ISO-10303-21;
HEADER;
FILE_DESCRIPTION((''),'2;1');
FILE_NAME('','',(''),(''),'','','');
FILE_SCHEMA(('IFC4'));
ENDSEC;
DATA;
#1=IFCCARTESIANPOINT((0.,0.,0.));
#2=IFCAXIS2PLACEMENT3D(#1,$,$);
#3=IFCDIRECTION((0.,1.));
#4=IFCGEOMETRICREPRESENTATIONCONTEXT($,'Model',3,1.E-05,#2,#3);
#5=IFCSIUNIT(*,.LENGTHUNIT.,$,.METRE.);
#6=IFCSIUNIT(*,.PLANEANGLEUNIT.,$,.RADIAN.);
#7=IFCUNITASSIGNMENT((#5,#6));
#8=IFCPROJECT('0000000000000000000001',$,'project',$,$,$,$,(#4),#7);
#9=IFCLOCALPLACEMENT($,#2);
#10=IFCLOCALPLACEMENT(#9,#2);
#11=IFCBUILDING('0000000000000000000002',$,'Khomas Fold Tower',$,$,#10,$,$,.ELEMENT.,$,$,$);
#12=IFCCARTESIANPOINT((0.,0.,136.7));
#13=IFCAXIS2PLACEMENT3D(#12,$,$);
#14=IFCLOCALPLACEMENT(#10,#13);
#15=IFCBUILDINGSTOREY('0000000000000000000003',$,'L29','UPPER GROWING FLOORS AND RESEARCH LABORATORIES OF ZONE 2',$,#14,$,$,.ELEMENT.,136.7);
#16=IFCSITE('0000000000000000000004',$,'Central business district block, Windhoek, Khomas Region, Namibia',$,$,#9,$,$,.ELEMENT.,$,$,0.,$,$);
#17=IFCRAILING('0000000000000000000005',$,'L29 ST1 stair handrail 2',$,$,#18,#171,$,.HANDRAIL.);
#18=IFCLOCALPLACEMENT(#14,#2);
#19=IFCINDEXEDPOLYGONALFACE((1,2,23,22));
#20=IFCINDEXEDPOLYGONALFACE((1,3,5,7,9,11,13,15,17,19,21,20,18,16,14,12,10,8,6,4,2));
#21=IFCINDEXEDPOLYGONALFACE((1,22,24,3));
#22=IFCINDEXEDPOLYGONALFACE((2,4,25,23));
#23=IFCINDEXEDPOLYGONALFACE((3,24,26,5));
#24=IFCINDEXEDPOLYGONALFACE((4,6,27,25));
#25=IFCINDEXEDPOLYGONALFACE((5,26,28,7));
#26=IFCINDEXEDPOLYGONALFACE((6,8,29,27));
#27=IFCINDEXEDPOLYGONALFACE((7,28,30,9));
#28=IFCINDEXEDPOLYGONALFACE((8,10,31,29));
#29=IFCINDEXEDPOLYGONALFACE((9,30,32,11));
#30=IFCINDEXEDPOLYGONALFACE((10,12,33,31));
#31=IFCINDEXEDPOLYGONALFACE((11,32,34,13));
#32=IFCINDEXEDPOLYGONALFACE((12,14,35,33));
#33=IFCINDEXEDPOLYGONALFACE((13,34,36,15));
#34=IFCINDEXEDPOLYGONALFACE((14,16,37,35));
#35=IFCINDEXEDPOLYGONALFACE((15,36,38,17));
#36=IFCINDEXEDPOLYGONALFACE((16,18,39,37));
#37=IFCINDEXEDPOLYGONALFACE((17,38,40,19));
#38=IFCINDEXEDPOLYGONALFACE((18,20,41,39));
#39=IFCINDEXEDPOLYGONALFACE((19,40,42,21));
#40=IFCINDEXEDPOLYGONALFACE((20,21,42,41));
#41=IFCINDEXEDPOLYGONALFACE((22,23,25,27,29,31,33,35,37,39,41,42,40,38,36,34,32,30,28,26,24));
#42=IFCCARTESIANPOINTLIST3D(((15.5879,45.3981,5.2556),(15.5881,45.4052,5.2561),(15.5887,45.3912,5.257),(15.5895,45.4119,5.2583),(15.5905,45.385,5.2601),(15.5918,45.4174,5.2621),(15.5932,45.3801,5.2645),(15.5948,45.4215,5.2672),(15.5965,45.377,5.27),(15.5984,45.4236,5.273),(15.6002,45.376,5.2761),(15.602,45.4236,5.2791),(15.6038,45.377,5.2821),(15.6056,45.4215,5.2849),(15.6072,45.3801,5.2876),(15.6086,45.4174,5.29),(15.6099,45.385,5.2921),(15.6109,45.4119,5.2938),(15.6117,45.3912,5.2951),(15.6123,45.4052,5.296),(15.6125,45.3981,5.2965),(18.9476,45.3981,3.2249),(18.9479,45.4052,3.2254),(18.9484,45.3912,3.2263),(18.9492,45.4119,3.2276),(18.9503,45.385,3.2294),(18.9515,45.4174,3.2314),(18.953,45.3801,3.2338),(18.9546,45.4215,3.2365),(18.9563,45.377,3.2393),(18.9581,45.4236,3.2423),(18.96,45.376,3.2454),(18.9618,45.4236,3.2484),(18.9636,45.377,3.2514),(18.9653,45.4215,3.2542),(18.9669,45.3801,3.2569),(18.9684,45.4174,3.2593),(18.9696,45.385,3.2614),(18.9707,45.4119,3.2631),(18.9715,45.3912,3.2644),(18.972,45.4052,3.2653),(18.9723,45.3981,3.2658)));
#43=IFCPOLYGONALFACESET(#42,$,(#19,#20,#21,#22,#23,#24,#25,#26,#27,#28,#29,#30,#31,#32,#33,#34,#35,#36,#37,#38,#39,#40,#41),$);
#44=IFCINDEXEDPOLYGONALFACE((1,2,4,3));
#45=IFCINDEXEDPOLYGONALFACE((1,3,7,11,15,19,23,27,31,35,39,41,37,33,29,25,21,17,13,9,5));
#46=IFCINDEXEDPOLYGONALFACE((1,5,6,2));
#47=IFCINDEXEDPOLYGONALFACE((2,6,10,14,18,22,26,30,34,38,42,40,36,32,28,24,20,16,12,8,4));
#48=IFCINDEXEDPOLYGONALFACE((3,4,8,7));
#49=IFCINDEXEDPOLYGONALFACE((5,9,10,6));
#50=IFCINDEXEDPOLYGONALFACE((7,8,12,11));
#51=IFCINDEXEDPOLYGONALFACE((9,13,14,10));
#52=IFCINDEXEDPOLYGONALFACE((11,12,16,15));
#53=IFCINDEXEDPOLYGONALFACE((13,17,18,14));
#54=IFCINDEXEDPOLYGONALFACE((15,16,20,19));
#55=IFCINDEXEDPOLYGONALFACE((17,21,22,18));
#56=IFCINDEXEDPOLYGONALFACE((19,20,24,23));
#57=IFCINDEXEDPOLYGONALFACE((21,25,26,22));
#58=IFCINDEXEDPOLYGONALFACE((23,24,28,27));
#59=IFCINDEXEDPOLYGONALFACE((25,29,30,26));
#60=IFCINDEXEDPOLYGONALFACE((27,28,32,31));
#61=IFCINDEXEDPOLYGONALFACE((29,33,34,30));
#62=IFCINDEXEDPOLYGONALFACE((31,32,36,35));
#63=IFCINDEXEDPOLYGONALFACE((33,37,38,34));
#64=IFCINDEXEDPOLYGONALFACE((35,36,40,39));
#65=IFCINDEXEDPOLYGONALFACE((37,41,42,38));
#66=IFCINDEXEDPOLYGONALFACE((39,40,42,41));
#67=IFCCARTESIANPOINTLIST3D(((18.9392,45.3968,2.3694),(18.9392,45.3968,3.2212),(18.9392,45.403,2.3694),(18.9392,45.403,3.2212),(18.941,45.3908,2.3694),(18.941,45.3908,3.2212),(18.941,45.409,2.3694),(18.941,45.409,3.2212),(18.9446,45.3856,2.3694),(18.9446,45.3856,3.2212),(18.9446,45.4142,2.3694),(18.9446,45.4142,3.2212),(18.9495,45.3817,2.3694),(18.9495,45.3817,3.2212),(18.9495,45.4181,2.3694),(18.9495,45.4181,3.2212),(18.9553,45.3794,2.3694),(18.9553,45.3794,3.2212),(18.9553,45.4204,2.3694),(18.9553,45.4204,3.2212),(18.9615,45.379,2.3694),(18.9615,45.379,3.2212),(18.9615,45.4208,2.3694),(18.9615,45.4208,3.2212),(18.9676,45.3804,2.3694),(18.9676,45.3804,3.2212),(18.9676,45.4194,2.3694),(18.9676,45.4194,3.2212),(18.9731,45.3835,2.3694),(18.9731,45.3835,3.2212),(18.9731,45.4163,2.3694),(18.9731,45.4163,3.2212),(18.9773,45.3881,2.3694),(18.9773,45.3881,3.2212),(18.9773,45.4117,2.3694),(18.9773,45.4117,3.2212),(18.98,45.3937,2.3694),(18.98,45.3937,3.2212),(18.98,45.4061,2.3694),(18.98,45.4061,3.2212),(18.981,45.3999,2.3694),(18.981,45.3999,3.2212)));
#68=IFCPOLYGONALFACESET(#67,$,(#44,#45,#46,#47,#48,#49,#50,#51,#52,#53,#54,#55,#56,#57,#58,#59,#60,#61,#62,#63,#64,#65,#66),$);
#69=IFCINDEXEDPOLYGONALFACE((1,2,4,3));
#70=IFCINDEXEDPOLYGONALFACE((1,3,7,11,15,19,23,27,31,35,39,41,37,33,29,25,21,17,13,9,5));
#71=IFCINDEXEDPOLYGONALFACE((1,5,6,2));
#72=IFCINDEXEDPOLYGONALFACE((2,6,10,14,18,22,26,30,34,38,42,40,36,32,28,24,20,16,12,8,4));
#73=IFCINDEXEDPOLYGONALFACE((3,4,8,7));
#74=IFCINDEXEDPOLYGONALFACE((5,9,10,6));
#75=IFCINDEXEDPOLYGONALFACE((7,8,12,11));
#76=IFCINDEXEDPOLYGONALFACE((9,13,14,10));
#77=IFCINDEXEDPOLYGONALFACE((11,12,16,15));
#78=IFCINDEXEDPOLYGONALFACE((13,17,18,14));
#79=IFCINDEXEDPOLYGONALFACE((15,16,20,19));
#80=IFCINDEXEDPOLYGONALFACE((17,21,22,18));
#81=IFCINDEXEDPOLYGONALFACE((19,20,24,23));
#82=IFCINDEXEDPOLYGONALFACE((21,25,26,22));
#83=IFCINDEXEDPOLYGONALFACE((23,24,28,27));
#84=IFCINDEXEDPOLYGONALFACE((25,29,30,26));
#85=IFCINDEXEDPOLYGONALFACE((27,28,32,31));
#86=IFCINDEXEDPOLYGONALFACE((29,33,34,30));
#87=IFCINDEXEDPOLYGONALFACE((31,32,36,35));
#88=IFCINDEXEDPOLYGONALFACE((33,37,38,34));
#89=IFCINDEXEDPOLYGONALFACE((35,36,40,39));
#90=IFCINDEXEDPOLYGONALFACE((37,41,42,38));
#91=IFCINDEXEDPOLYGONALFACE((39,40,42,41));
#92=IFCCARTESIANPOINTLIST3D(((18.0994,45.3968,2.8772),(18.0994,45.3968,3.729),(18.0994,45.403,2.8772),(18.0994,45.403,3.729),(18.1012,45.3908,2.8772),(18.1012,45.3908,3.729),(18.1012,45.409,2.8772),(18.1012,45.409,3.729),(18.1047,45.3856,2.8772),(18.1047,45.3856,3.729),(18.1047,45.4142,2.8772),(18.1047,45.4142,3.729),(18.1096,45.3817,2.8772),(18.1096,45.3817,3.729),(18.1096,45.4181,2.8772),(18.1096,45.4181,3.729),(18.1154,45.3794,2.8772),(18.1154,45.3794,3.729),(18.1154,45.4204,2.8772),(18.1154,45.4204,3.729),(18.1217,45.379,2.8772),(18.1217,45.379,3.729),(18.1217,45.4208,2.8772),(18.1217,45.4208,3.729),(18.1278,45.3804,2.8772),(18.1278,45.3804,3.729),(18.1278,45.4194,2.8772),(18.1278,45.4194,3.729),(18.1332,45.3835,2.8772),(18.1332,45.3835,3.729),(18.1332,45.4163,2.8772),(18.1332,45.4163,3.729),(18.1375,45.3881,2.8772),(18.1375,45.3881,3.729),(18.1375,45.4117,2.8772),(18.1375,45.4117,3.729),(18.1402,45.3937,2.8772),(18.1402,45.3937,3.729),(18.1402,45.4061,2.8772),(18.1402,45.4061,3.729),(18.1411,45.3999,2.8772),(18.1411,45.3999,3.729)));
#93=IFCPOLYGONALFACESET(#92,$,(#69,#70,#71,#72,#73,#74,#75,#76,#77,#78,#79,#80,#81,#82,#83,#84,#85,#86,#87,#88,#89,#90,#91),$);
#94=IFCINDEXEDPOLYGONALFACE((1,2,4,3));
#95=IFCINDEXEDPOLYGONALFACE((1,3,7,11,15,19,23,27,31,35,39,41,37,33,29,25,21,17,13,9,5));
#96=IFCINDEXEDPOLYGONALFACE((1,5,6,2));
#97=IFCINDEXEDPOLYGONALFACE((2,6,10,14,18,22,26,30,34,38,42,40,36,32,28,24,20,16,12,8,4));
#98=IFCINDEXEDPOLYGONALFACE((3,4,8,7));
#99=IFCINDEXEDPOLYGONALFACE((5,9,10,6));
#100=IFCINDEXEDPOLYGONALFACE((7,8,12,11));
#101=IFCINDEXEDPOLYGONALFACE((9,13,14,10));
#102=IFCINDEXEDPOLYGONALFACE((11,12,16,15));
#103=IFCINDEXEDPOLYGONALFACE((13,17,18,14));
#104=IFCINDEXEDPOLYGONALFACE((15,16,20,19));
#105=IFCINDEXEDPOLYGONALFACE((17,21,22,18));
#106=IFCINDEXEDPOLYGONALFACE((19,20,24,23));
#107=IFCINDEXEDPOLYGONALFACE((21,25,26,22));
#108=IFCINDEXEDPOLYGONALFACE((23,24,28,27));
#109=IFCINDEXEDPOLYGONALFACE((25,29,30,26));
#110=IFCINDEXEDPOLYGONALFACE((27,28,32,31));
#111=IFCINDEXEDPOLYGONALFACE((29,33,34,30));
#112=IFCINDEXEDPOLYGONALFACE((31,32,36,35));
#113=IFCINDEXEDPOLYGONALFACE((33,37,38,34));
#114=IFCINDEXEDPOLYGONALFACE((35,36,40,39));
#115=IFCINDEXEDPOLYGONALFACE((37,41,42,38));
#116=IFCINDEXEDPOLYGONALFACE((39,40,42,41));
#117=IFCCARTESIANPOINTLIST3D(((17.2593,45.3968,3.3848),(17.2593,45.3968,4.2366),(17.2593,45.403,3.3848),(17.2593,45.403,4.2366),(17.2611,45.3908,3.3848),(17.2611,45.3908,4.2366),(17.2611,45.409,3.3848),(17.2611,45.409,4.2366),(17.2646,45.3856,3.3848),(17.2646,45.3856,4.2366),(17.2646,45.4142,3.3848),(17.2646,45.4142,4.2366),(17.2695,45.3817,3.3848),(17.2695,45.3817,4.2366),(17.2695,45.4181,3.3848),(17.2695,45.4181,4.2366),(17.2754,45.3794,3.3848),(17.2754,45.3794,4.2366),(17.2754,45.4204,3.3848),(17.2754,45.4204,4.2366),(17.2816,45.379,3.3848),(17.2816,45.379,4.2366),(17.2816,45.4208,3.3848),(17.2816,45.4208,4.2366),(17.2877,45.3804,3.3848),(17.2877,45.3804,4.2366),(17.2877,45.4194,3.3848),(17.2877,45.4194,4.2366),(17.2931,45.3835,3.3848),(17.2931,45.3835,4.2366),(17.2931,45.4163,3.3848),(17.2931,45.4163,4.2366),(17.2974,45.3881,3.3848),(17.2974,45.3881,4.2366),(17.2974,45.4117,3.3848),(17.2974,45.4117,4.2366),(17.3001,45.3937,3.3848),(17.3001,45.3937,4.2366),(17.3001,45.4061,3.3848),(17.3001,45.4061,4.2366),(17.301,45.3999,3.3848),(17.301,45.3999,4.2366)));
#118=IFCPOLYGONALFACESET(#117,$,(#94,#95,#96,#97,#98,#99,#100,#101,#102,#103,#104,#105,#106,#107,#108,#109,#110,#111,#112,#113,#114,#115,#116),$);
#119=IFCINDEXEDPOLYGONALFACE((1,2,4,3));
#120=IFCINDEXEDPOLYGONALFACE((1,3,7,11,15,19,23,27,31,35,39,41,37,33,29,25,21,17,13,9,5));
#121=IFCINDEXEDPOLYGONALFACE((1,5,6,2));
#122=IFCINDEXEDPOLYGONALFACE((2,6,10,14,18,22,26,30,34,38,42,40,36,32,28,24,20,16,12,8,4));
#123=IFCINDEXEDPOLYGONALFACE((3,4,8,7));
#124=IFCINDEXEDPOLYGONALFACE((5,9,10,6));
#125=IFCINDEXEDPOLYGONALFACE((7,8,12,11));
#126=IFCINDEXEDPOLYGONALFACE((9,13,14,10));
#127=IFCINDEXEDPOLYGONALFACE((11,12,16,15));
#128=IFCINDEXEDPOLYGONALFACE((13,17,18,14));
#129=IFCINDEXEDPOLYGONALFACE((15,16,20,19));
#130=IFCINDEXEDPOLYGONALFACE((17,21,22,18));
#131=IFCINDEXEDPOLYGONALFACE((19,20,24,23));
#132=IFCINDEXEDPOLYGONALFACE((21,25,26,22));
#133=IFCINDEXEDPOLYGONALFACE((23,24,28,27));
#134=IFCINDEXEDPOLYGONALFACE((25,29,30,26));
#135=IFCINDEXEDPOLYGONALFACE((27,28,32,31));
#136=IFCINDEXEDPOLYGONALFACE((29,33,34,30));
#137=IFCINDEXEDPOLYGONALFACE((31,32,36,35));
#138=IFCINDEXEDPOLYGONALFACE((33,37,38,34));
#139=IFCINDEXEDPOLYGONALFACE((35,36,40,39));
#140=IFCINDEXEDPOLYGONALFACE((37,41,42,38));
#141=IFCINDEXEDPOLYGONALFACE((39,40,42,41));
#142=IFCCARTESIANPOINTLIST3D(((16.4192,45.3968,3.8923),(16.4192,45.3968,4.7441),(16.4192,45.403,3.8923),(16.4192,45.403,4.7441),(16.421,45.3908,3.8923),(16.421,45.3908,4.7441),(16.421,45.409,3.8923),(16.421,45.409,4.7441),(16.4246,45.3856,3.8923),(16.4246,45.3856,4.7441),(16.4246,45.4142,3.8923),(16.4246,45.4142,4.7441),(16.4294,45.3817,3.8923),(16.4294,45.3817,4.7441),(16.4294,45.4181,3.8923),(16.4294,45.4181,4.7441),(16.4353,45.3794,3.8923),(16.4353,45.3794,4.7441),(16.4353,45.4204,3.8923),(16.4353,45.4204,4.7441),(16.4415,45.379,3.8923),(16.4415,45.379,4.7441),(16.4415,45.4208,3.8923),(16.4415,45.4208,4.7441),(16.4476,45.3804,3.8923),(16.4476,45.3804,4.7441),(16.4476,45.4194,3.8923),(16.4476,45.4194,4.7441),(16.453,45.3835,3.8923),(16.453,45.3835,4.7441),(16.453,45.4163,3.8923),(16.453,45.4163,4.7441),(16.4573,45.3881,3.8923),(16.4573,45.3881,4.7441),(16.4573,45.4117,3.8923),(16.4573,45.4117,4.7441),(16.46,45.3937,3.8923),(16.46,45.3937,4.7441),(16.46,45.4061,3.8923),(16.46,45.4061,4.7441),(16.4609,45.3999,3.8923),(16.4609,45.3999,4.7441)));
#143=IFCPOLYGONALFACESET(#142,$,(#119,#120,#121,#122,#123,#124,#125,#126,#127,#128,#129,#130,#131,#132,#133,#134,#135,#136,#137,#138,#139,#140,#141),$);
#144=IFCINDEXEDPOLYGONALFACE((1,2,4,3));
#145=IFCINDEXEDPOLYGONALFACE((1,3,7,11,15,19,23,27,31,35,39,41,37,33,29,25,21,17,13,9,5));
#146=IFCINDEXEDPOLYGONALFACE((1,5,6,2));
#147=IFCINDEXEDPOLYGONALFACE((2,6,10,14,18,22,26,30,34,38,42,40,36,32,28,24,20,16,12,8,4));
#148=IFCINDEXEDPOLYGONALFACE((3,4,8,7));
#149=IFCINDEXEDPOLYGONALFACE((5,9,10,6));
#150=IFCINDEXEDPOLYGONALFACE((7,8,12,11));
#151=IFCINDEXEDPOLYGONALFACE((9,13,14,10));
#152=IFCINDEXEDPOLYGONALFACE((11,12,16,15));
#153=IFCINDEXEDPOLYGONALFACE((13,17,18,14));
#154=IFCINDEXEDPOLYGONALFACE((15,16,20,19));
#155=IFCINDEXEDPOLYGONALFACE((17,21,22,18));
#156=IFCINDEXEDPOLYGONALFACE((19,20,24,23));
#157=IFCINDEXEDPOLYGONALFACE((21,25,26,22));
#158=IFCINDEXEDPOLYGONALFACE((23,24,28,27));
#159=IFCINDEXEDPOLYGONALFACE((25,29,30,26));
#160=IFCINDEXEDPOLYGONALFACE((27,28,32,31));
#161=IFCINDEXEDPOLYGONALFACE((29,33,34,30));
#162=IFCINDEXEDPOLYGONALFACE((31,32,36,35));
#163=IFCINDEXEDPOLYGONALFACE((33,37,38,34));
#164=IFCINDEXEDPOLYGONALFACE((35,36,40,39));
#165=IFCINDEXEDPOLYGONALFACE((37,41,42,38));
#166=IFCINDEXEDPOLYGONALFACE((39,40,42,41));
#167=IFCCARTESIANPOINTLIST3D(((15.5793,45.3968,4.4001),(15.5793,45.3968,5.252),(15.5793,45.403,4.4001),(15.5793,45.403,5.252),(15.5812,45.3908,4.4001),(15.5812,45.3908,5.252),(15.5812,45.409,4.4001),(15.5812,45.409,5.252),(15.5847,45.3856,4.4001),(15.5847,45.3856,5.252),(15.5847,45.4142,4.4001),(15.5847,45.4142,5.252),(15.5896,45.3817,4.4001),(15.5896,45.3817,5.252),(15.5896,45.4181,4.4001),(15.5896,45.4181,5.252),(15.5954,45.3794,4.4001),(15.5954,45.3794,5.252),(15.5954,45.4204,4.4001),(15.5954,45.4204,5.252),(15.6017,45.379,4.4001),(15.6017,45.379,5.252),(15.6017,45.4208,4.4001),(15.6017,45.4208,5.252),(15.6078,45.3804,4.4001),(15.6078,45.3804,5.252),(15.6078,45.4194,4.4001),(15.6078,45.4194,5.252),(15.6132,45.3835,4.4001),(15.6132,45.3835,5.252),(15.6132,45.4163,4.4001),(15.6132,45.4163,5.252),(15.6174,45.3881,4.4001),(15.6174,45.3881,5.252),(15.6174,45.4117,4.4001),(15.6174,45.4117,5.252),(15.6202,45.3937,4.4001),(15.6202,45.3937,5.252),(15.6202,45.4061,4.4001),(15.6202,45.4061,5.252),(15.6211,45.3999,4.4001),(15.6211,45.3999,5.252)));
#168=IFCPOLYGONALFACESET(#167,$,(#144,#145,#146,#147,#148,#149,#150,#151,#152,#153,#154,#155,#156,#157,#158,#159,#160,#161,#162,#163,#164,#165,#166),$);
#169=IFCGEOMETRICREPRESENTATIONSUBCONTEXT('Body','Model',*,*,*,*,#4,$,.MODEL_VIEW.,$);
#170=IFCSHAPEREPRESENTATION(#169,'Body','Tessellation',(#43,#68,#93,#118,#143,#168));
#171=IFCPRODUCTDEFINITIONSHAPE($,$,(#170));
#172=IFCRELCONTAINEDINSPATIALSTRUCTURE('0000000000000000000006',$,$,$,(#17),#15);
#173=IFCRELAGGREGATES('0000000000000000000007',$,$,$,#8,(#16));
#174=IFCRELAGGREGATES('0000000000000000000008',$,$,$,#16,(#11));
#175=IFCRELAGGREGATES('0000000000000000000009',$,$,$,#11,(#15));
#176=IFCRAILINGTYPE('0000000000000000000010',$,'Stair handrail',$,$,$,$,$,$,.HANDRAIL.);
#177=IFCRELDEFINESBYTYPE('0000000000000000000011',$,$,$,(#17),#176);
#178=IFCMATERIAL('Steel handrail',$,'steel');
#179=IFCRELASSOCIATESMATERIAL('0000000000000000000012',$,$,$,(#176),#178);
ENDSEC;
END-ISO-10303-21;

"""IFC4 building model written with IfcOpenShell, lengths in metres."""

from ifc_helpers import new_model, si_unit, direction, frame, origin, origin_2d, place, context, subcontext, project, spatial, circle, extrude, source, transform, mapped, material, type_object, element, save


model = new_model("IFC4")

# Units and contexts
model_context = context("Model", 3, precision=1e-05, world=origin(), true_north=direction((0.0, 1.0)))
body_context = subcontext(model_context, "Body", "Model", "MODEL_VIEW")
ifc_project = project(units=[si_unit("LENGTHUNIT", "METRE"), si_unit("PLANEANGLEUNIT", "RADIAN")], contexts=[model_context])

# Site, building, storey
site_placement = place(None, origin())
site = spatial("IfcSite", under=ifc_project, at=site_placement, Name="Central business district block, Windhoek, Khomas Region, Namibia", CompositionType="ELEMENT", RefElevation=0.0)
building_placement = place(site_placement, origin())
building = spatial("IfcBuilding", under=site, at=building_placement, Name="Khomas Fold Tower", CompositionType="ELEMENT")
storey_placement = place(building_placement, frame((0.0, 0.0, 136.7)))
storey = spatial("IfcBuildingStorey", under=building, at=storey_placement, Name="L29", Description="UPPER GROWING FLOORS AND RESEARCH LABORATORIES OF ZONE 2", CompositionType="ELEMENT", Elevation=136.7)

# Railing
ifc_material_1 = material(Name="Steel handrail", Category="steel")
railing_type_1 = type_object("IfcRailingType", Name="Stair handrail", PredefinedType="HANDRAIL", material=ifc_material_1)
shared_shape_1 = source(origin(), body_context, "Body", "SweptSolid", [
    extrude(circle(Radius=0.0239, at=origin_2d()), frame((0.0, 0.0, 0.876), z_axis=(-0.85582, 0.0, 0.517273), x_axis=(0.0, -1.0, 0.0)), (0.0, 0.0, 1.0), 3.9258),
    extrude(circle(Radius=0.021, at=origin_2d()), origin(), (0.0, 0.0, 1.0), 0.8518),
    extrude(circle(Radius=0.021, at=origin_2d()), frame((-0.8398, 0.0, 0.5078)), (0.0, 0.0, 1.0), 0.8518),
    extrude(circle(Radius=0.021, at=origin_2d()), frame((-1.6799, 0.0, 1.0154)), (0.0, 0.0, 1.0), 0.8518),
    extrude(circle(Radius=0.021, at=origin_2d()), frame((-2.52, 0.0, 1.5229)), (0.0, 0.0, 1.0), 0.8518),
    extrude(circle(Radius=0.021, at=origin_2d()), frame((-3.3599, 0.0, 2.0308)), (0.0, 0.0, 1.0), 0.8518),
])
railing_1_placement = place(storey_placement, frame((18.96, 45.3999, 2.3694)))
element("IfcRailing", 1, at=railing_1_placement, inside=storey, type_object=railing_type_1, Name="L29 ST1 stair handrail 2", PredefinedType="HANDRAIL", context=body_context, shape_type="MappedRepresentation", body=[
    mapped(shared_shape_1, transform((0.0, 0.0, 0.0))),
])

save(model, "model.ifc")
